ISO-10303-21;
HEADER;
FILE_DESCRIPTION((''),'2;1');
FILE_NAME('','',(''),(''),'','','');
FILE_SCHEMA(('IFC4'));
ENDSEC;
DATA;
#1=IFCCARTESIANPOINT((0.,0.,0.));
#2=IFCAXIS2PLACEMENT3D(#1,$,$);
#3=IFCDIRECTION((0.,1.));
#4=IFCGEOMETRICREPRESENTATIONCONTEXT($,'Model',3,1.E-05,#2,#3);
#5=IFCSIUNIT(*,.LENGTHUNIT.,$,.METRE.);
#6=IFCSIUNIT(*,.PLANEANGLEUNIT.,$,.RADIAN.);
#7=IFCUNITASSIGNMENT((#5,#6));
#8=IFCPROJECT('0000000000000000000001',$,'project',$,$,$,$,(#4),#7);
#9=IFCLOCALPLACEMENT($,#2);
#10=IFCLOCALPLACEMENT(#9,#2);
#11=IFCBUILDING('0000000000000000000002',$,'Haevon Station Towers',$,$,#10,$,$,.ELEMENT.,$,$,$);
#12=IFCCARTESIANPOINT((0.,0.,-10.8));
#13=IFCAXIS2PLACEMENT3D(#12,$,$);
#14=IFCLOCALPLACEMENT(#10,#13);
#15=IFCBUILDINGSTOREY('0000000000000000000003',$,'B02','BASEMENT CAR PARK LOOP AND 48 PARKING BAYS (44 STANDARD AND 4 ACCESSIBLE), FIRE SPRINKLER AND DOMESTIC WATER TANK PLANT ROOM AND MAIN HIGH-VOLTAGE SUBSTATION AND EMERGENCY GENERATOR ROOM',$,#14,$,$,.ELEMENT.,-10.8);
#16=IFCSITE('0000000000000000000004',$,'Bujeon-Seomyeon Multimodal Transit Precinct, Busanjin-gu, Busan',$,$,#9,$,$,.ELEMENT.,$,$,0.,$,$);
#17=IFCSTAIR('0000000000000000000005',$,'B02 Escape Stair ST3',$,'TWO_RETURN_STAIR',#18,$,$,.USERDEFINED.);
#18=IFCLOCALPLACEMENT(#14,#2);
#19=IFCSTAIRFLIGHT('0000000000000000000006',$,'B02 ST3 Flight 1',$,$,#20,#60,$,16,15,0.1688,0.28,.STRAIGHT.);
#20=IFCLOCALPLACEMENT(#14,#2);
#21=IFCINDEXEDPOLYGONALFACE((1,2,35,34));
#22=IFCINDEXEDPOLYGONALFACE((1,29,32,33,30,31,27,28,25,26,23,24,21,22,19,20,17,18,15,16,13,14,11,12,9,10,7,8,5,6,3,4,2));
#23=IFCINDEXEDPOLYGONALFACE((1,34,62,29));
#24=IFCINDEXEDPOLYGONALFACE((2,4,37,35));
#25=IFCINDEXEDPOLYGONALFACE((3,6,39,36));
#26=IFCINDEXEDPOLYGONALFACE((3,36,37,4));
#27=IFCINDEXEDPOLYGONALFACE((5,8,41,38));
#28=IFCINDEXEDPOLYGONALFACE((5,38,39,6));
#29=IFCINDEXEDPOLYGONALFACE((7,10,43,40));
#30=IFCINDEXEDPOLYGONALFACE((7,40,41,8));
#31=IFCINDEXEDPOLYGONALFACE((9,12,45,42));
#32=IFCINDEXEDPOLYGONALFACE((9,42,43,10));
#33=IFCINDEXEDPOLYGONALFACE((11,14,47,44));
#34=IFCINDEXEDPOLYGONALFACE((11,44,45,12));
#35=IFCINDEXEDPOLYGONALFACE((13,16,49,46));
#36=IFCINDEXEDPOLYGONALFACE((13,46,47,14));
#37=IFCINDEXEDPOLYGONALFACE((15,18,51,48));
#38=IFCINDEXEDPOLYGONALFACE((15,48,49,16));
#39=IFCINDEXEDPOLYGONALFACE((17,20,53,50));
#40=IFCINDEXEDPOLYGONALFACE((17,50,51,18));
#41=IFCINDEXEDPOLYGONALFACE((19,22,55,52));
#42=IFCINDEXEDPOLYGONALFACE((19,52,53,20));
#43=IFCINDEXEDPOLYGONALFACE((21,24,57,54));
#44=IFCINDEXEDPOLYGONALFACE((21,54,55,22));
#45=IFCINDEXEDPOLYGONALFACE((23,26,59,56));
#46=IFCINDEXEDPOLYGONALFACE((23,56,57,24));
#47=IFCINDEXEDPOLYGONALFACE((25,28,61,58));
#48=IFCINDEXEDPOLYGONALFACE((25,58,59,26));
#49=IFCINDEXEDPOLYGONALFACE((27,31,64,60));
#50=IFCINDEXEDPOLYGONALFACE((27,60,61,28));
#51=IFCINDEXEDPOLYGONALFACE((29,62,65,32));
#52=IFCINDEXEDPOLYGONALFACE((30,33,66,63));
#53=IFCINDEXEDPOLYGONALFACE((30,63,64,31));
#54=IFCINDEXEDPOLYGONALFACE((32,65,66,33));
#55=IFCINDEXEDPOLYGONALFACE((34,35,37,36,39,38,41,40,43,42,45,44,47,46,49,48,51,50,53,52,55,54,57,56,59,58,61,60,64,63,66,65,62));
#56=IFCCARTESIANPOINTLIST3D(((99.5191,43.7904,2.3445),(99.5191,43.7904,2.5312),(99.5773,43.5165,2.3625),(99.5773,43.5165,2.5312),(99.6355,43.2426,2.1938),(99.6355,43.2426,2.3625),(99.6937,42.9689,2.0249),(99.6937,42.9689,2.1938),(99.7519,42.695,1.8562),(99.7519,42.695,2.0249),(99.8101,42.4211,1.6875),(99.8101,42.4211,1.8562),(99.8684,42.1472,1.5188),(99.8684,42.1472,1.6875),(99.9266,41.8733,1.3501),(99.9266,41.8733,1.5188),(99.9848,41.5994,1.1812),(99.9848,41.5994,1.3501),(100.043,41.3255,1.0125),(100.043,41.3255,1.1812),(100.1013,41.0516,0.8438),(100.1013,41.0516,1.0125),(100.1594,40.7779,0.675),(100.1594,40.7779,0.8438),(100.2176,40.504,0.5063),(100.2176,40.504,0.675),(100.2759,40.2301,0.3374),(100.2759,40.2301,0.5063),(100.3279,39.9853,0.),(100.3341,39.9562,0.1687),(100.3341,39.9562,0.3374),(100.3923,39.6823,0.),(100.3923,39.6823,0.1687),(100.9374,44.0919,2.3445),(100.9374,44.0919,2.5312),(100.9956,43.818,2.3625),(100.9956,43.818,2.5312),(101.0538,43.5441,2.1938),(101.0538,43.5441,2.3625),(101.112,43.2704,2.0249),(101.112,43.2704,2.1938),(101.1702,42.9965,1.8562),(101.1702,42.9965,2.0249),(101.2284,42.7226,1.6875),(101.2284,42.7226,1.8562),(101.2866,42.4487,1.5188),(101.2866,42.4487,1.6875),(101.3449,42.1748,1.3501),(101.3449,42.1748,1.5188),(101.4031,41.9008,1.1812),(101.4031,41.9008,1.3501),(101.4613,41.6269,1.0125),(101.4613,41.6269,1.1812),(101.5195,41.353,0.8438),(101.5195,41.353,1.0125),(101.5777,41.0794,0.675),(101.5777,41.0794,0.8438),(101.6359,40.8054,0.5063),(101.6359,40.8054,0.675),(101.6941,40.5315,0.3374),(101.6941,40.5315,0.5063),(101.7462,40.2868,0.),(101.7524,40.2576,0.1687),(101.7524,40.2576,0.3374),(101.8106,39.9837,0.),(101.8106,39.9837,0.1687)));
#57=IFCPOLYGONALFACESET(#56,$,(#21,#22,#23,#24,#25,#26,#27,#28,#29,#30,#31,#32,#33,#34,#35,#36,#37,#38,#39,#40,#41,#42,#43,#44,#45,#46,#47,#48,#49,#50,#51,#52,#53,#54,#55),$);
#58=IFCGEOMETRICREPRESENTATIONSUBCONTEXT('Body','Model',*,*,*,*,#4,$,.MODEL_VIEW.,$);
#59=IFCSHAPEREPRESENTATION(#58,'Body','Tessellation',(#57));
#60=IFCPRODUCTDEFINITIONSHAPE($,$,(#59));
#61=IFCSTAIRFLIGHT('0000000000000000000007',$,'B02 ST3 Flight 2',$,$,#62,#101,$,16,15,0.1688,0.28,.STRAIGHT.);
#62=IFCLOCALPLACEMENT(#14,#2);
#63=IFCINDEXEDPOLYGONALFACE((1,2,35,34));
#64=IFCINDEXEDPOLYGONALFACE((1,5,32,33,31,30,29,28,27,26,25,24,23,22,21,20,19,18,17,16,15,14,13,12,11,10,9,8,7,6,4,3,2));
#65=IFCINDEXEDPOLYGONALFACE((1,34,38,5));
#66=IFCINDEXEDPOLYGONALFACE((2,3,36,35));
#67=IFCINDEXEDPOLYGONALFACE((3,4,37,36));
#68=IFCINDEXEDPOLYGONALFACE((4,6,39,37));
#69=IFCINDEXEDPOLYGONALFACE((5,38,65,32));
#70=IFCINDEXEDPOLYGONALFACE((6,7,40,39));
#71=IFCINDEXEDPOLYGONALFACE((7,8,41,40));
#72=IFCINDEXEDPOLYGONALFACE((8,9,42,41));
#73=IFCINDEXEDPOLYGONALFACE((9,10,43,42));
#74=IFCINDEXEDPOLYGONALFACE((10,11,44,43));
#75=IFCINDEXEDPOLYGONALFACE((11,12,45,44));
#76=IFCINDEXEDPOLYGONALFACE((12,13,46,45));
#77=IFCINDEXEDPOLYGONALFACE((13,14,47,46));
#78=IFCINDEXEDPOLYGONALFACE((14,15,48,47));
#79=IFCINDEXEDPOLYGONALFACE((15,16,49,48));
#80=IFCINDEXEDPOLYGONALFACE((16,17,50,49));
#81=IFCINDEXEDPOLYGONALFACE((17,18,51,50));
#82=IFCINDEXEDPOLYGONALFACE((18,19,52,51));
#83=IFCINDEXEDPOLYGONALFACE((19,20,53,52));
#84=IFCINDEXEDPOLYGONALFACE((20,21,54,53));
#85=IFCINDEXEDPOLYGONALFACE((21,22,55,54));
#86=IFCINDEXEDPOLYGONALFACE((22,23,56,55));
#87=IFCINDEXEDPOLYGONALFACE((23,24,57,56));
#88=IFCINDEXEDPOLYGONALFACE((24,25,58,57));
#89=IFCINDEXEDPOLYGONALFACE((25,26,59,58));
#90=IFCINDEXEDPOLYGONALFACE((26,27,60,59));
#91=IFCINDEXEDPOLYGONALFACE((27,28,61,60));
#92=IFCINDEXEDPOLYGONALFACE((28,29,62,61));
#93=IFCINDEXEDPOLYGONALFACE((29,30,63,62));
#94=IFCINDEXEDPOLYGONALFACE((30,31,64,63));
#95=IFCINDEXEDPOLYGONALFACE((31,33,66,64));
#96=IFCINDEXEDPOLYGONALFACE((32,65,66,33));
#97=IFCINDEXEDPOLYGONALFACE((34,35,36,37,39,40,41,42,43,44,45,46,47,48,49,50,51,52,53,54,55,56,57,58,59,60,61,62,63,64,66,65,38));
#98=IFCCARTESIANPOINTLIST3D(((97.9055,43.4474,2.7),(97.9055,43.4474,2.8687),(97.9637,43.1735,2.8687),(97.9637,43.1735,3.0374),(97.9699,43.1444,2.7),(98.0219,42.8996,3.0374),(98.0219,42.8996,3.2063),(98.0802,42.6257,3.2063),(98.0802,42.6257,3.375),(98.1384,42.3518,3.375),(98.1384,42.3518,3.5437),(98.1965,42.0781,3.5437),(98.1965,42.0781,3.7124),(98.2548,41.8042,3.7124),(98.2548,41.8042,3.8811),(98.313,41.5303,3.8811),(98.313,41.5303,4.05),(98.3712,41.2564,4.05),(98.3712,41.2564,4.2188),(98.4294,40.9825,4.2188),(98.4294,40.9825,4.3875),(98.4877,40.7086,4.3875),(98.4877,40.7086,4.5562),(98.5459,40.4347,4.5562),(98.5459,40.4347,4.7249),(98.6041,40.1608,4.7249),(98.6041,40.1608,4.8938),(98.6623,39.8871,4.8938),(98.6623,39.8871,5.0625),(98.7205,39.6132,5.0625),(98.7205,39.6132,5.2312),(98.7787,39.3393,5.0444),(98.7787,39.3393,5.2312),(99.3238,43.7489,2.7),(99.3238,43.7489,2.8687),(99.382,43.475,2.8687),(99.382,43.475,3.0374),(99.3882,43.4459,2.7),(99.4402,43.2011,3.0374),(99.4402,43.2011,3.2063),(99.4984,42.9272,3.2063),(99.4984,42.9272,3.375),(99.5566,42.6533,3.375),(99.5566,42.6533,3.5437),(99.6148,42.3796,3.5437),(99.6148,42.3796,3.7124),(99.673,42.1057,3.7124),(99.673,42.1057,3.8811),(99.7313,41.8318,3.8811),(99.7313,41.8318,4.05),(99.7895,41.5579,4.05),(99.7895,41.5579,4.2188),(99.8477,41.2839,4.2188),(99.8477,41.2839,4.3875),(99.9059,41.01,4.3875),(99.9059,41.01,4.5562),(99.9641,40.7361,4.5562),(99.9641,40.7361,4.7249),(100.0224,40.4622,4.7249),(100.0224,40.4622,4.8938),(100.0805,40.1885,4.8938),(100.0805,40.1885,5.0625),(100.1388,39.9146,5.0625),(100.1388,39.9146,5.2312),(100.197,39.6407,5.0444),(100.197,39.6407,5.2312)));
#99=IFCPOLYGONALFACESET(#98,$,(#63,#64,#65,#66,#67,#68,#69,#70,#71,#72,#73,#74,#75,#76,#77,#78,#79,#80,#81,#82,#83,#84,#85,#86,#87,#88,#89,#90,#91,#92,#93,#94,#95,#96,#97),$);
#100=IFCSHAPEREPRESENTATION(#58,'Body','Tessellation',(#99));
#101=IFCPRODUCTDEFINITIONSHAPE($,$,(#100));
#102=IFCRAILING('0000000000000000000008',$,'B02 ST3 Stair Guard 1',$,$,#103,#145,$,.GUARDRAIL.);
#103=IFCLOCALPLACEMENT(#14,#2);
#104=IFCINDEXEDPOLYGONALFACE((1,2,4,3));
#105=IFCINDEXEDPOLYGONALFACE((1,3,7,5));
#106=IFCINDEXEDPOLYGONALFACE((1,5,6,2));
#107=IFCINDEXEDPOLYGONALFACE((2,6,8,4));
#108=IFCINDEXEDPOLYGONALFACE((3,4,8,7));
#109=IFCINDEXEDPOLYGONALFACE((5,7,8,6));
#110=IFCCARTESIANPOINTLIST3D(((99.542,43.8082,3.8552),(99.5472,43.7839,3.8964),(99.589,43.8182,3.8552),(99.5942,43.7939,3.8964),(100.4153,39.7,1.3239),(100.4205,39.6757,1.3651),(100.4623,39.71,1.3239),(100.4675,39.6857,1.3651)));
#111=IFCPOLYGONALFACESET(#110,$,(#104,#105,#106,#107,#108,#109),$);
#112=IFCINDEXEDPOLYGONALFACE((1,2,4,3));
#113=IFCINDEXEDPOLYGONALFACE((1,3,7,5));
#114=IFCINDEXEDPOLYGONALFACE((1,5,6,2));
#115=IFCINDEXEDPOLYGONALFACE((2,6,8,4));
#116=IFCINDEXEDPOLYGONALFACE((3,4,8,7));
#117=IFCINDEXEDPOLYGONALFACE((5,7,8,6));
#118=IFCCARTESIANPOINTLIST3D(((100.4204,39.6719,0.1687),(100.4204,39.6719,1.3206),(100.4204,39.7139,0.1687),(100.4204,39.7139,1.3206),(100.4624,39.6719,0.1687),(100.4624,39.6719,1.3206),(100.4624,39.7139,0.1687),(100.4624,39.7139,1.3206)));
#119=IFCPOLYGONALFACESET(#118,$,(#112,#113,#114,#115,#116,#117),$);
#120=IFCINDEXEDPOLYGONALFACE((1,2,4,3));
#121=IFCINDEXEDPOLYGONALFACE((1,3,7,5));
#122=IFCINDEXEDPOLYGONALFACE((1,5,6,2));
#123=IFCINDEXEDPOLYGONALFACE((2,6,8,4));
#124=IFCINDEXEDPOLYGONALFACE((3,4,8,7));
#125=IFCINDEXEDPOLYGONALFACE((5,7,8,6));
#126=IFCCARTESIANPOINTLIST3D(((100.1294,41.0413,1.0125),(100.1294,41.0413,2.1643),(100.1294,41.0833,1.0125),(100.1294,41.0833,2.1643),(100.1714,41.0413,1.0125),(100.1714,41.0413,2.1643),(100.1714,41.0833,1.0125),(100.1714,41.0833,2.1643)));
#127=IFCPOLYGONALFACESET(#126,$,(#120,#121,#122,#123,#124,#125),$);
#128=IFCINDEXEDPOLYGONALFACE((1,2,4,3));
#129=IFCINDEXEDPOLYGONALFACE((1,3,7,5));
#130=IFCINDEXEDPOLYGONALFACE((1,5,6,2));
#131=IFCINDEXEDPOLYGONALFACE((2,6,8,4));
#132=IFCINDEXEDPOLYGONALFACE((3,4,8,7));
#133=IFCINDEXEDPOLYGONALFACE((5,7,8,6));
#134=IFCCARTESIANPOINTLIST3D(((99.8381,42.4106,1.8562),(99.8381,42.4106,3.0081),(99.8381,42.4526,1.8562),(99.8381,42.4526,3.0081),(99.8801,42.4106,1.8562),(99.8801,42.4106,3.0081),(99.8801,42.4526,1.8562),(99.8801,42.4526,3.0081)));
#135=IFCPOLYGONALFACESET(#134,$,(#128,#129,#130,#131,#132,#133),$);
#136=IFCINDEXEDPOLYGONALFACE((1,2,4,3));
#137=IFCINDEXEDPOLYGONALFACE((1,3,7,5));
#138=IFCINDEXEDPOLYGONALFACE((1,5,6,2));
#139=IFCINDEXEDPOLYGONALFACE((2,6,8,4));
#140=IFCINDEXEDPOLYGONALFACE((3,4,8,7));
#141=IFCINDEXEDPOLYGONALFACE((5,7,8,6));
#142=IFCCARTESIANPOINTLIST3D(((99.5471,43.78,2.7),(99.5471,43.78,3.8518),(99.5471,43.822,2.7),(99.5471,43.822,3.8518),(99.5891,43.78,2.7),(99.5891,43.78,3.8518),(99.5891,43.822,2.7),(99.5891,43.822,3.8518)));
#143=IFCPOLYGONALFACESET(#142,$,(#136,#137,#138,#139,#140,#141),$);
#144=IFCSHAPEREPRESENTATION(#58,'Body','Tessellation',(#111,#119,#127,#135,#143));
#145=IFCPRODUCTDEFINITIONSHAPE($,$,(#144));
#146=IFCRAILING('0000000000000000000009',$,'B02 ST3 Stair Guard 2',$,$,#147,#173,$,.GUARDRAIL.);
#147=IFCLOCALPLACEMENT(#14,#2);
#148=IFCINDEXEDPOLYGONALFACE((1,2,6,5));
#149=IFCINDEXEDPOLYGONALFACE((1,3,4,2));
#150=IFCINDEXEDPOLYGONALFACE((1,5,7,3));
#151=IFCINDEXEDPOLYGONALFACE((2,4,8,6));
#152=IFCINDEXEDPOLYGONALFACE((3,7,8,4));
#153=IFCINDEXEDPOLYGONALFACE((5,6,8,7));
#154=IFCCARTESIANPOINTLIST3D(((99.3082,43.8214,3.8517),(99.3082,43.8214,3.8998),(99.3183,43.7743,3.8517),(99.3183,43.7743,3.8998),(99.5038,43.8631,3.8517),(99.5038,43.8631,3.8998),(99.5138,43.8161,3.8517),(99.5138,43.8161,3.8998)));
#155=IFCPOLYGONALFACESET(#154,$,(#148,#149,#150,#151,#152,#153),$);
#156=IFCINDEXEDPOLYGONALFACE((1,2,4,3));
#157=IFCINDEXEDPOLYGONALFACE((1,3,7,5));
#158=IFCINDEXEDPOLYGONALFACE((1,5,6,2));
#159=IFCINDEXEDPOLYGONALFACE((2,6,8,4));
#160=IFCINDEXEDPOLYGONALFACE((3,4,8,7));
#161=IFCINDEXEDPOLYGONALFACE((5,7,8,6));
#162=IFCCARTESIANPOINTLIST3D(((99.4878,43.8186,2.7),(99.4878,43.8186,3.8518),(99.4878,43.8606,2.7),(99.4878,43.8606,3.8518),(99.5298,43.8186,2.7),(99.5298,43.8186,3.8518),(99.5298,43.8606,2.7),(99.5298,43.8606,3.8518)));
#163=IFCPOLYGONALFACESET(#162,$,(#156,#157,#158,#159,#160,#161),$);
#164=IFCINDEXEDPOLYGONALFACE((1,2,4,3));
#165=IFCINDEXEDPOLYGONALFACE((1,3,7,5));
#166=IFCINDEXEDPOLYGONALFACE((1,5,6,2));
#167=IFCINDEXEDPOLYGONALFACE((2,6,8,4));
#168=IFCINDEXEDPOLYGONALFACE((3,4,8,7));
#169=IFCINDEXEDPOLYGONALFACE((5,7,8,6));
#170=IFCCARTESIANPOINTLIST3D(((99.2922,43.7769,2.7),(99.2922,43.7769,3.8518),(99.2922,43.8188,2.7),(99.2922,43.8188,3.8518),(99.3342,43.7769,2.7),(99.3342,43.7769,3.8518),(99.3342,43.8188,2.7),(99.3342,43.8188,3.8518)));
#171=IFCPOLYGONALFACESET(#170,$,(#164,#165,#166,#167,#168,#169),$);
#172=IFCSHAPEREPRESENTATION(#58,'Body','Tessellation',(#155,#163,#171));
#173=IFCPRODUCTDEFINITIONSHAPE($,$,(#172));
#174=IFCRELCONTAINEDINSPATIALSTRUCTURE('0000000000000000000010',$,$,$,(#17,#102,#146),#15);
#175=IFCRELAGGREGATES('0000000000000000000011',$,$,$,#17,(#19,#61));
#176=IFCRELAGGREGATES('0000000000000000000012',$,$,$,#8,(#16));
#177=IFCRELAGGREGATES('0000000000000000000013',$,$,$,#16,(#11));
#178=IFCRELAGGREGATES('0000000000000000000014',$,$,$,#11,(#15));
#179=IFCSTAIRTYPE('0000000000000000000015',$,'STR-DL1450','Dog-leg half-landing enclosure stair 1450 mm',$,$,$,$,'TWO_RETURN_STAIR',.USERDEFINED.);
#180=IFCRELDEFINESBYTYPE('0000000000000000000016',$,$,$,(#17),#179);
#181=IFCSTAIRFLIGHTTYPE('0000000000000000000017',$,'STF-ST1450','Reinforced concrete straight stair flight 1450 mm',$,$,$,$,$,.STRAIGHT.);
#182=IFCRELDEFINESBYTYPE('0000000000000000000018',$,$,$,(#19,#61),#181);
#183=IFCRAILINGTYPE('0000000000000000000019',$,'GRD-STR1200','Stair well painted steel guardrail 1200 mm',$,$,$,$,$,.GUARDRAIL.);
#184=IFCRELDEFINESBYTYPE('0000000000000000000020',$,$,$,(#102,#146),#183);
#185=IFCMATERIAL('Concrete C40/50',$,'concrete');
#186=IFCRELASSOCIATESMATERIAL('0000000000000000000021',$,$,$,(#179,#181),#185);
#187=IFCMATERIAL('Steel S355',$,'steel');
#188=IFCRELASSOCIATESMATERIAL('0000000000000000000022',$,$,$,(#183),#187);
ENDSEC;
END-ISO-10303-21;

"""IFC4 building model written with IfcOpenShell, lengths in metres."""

from ifc_helpers import new_model, si_unit, direction, frame, origin, origin_2d, place, context, subcontext, project, spatial, polyline, rectangle, outline, extrude, material, type_object, element, aggregate, save


model = new_model("IFC4")

# Units and contexts
model_context = context("Model", 3, precision=1e-05, world=origin(), true_north=direction((0.0, 1.0)))
body_context = subcontext(model_context, "Body", "Model", "MODEL_VIEW")
ifc_project = project(units=[si_unit("LENGTHUNIT", "METRE"), si_unit("PLANEANGLEUNIT", "RADIAN")], contexts=[model_context])

# Site, building, storey
site_placement = place(None, origin())
site = spatial("IfcSite", under=ifc_project, at=site_placement, Name="Bujeon-Seomyeon Multimodal Transit Precinct, Busanjin-gu, Busan", CompositionType="ELEMENT", RefElevation=0.0)
building_placement = place(site_placement, origin())
building = spatial("IfcBuilding", under=site, at=building_placement, Name="Haevon Station Towers", CompositionType="ELEMENT")
storey_placement = place(building_placement, frame((0.0, 0.0, -10.8)))
storey = spatial("IfcBuildingStorey", under=building, at=storey_placement, Name="B02", Description="BASEMENT CAR PARK LOOP AND 48 PARKING BAYS (44 STANDARD AND 4 ACCESSIBLE), FIRE SPRINKLER AND DOMESTIC WATER TANK PLANT ROOM AND MAIN HIGH-VOLTAGE SUBSTATION AND EMERGENCY GENERATOR ROOM", CompositionType="ELEMENT", Elevation=-10.8)

# Shared definitions
ifc_material_1 = material(Name="Steel S355", Category="steel")

# Shared definitions
ifc_material_2 = material(Name="Concrete C40/50", Category="concrete")

# Stair, stair flights
stair_type = type_object("IfcStairType", Name="STR-DL1450", Description="Dog-leg half-landing enclosure stair 1450 mm", ElementType="TWO_RETURN_STAIR", PredefinedType="USERDEFINED", material=ifc_material_2)
stair_placement = place(storey_placement, origin())
stair = element("IfcStair", 1, at=stair_placement, inside=storey, type_object=stair_type, Name="B02 Escape Stair ST3", ObjectType="TWO_RETURN_STAIR", PredefinedType="USERDEFINED")
stair_flight_type = type_object("IfcStairFlightType", Name="STF-ST1450", Description="Reinforced concrete straight stair flight 1450 mm", PredefinedType="STRAIGHT", material=ifc_material_2)
stair_flight_1_placement = place(storey_placement, frame((101.1016, 39.833, 0.0), z_axis=(0.0, 0.0, 1.0), x_axis=(-0.207912, 0.978148, 0.0)))
stair_flight_1 = element("IfcStairFlight", 2, at=stair_flight_1_placement, type_object=stair_flight_type, Name="B02 ST3 Flight 1", NumberOfRisers=16, NumberOfTreads=15, PredefinedType="STRAIGHT", RiserHeight=0.1688, TreadLength=0.28, context=body_context, shape_type="SweptSolid", body=[
    extrude(outline(polyline([(0.0, 0.0), (0.0, 0.1687), (0.28, 0.1687), (0.28, 0.3374), (0.5601, 0.3374), (0.5601, 0.5063), (0.8401, 0.5063), (0.8401, 0.675), (1.1201, 0.675), (1.1201, 0.8438), (1.3999, 0.8438), (1.3999, 1.0125), (1.6799, 1.0125), (1.6799, 1.1812), (1.96, 1.1812), (1.96, 1.3501), (2.24, 1.3501), (2.24, 1.5188), (2.52, 1.5188), (2.52, 1.6875), (2.8, 1.6875), (2.8, 1.8562), (3.0801, 1.8562), (3.0801, 2.0249), (3.3601, 2.0249), (3.3601, 2.1938), (3.6399, 2.1938), (3.6399, 2.3625), (3.9199, 2.3625), (3.9199, 2.5312), (4.2, 2.5312), (4.2, 2.7), (4.2, 2.3445), (0.3098, 0.0), (0.0, 0.0)])), frame((0.0, 0.7251, 0.0), z_axis=(0.0, -1.0, 0.0), x_axis=(1.0, 0.0, 0.0)), (0.0, 0.0, 1.0), 1.45),
])
stair_flight_2_placement = place(storey_placement, frame((98.6145, 43.5981, 2.7), z_axis=(0.0, 0.0, 1.0), x_axis=(0.207912, -0.978148, 0.0)))
stair_flight_2 = element("IfcStairFlight", 3, at=stair_flight_2_placement, type_object=stair_flight_type, Name="B02 ST3 Flight 2", NumberOfRisers=16, NumberOfTreads=15, PredefinedType="STRAIGHT", RiserHeight=0.1688, TreadLength=0.28, context=body_context, shape_type="SweptSolid", body=[
    extrude(outline(polyline([(0.0, 0.0), (0.0, 0.1687), (0.28, 0.1687), (0.28, 0.3374), (0.5601, 0.3374), (0.5601, 0.5063), (0.8401, 0.5063), (0.8401, 0.675), (1.1201, 0.675), (1.1201, 0.8438), (1.3999, 0.8438), (1.3999, 1.0125), (1.6799, 1.0125), (1.6799, 1.1812), (1.96, 1.1812), (1.96, 1.3501), (2.24, 1.3501), (2.24, 1.5188), (2.52, 1.5188), (2.52, 1.6875), (2.8, 1.6875), (2.8, 1.8562), (3.0801, 1.8562), (3.0801, 2.0249), (3.3601, 2.0249), (3.3601, 2.1938), (3.6399, 2.1938), (3.6399, 2.3625), (3.9199, 2.3625), (3.9199, 2.5312), (4.2, 2.5312), (4.2, 2.7), (4.2, 2.3445), (0.3098, 0.0), (0.0, 0.0)])), frame((0.0, 0.7251, 0.0), z_axis=(0.0, -1.0, 0.0), x_axis=(1.0, 0.0, 0.0)), (0.0, 0.0, 1.0), 1.45),
])
aggregate(stair, [stair_flight_1, stair_flight_2])

# Railings
railing_type_1 = type_object("IfcRailingType", Name="GRD-STR1200", Description="Stair well painted steel guardrail 1200 mm", PredefinedType="GUARDRAIL", material=ifc_material_1)
railing_1_placement = place(storey_placement, frame((100.4414, 39.6929, 0.1687)))
element("IfcRailing", 4, at=railing_1_placement, inside=storey, type_object=railing_type_1, Name="B02 ST3 Stair Guard 1", PredefinedType="GUARDRAIL", context=body_context, shape_type="SweptSolid", body=[
    extrude(rectangle(XDim=0.0481, YDim=0.0481, at=origin_2d()), frame((0.0, 0.0, 1.1758), z_axis=(-0.178086, 0.837757, 0.516186), x_axis=(-0.978144, -0.207929, 0.0)), (0.0, 0.0, 1.0), 4.9038),
    extrude(rectangle(XDim=0.042, YDim=0.042, at=origin_2d()), origin(), (0.0, 0.0, 1.0), 1.1519),
    extrude(rectangle(XDim=0.042, YDim=0.042, at=origin_2d()), frame((-0.291, 1.3694, 0.8438)), (0.0, 0.0, 1.0), 1.1519),
    extrude(rectangle(XDim=0.042, YDim=0.042, at=origin_2d()), frame((-0.5823, 2.7388, 1.6875)), (0.0, 0.0, 1.0), 1.1519),
    extrude(rectangle(XDim=0.042, YDim=0.042, at=origin_2d()), frame((-0.8733, 4.1082, 2.5312)), (0.0, 0.0, 1.0), 1.1519),
])
railing_2_placement = place(storey_placement, frame((99.5088, 43.8396, 2.7)))
element("IfcRailing", 5, at=railing_2_placement, inside=storey, type_object=railing_type_1, Name="B02 ST3 Stair Guard 2", PredefinedType="GUARDRAIL", context=body_context, shape_type="SweptSolid", body=[
    extrude(rectangle(XDim=0.0481, YDim=0.0481, at=origin_2d()), frame((0.0, 0.0, 1.1758), z_axis=(-0.977963, -0.208779, 0.0), x_axis=(0.208779, -0.977963, 0.0)), (0.0, 0.0, 1.0), 0.2),
    extrude(rectangle(XDim=0.042, YDim=0.042, at=origin_2d()), origin(), (0.0, 0.0, 1.0), 1.1519),
    extrude(rectangle(XDim=0.042, YDim=0.042, at=origin_2d()), frame((-0.1956, -0.0417, 0.0)), (0.0, 0.0, 1.0), 1.1519),
])

save(model, "model.ifc")
